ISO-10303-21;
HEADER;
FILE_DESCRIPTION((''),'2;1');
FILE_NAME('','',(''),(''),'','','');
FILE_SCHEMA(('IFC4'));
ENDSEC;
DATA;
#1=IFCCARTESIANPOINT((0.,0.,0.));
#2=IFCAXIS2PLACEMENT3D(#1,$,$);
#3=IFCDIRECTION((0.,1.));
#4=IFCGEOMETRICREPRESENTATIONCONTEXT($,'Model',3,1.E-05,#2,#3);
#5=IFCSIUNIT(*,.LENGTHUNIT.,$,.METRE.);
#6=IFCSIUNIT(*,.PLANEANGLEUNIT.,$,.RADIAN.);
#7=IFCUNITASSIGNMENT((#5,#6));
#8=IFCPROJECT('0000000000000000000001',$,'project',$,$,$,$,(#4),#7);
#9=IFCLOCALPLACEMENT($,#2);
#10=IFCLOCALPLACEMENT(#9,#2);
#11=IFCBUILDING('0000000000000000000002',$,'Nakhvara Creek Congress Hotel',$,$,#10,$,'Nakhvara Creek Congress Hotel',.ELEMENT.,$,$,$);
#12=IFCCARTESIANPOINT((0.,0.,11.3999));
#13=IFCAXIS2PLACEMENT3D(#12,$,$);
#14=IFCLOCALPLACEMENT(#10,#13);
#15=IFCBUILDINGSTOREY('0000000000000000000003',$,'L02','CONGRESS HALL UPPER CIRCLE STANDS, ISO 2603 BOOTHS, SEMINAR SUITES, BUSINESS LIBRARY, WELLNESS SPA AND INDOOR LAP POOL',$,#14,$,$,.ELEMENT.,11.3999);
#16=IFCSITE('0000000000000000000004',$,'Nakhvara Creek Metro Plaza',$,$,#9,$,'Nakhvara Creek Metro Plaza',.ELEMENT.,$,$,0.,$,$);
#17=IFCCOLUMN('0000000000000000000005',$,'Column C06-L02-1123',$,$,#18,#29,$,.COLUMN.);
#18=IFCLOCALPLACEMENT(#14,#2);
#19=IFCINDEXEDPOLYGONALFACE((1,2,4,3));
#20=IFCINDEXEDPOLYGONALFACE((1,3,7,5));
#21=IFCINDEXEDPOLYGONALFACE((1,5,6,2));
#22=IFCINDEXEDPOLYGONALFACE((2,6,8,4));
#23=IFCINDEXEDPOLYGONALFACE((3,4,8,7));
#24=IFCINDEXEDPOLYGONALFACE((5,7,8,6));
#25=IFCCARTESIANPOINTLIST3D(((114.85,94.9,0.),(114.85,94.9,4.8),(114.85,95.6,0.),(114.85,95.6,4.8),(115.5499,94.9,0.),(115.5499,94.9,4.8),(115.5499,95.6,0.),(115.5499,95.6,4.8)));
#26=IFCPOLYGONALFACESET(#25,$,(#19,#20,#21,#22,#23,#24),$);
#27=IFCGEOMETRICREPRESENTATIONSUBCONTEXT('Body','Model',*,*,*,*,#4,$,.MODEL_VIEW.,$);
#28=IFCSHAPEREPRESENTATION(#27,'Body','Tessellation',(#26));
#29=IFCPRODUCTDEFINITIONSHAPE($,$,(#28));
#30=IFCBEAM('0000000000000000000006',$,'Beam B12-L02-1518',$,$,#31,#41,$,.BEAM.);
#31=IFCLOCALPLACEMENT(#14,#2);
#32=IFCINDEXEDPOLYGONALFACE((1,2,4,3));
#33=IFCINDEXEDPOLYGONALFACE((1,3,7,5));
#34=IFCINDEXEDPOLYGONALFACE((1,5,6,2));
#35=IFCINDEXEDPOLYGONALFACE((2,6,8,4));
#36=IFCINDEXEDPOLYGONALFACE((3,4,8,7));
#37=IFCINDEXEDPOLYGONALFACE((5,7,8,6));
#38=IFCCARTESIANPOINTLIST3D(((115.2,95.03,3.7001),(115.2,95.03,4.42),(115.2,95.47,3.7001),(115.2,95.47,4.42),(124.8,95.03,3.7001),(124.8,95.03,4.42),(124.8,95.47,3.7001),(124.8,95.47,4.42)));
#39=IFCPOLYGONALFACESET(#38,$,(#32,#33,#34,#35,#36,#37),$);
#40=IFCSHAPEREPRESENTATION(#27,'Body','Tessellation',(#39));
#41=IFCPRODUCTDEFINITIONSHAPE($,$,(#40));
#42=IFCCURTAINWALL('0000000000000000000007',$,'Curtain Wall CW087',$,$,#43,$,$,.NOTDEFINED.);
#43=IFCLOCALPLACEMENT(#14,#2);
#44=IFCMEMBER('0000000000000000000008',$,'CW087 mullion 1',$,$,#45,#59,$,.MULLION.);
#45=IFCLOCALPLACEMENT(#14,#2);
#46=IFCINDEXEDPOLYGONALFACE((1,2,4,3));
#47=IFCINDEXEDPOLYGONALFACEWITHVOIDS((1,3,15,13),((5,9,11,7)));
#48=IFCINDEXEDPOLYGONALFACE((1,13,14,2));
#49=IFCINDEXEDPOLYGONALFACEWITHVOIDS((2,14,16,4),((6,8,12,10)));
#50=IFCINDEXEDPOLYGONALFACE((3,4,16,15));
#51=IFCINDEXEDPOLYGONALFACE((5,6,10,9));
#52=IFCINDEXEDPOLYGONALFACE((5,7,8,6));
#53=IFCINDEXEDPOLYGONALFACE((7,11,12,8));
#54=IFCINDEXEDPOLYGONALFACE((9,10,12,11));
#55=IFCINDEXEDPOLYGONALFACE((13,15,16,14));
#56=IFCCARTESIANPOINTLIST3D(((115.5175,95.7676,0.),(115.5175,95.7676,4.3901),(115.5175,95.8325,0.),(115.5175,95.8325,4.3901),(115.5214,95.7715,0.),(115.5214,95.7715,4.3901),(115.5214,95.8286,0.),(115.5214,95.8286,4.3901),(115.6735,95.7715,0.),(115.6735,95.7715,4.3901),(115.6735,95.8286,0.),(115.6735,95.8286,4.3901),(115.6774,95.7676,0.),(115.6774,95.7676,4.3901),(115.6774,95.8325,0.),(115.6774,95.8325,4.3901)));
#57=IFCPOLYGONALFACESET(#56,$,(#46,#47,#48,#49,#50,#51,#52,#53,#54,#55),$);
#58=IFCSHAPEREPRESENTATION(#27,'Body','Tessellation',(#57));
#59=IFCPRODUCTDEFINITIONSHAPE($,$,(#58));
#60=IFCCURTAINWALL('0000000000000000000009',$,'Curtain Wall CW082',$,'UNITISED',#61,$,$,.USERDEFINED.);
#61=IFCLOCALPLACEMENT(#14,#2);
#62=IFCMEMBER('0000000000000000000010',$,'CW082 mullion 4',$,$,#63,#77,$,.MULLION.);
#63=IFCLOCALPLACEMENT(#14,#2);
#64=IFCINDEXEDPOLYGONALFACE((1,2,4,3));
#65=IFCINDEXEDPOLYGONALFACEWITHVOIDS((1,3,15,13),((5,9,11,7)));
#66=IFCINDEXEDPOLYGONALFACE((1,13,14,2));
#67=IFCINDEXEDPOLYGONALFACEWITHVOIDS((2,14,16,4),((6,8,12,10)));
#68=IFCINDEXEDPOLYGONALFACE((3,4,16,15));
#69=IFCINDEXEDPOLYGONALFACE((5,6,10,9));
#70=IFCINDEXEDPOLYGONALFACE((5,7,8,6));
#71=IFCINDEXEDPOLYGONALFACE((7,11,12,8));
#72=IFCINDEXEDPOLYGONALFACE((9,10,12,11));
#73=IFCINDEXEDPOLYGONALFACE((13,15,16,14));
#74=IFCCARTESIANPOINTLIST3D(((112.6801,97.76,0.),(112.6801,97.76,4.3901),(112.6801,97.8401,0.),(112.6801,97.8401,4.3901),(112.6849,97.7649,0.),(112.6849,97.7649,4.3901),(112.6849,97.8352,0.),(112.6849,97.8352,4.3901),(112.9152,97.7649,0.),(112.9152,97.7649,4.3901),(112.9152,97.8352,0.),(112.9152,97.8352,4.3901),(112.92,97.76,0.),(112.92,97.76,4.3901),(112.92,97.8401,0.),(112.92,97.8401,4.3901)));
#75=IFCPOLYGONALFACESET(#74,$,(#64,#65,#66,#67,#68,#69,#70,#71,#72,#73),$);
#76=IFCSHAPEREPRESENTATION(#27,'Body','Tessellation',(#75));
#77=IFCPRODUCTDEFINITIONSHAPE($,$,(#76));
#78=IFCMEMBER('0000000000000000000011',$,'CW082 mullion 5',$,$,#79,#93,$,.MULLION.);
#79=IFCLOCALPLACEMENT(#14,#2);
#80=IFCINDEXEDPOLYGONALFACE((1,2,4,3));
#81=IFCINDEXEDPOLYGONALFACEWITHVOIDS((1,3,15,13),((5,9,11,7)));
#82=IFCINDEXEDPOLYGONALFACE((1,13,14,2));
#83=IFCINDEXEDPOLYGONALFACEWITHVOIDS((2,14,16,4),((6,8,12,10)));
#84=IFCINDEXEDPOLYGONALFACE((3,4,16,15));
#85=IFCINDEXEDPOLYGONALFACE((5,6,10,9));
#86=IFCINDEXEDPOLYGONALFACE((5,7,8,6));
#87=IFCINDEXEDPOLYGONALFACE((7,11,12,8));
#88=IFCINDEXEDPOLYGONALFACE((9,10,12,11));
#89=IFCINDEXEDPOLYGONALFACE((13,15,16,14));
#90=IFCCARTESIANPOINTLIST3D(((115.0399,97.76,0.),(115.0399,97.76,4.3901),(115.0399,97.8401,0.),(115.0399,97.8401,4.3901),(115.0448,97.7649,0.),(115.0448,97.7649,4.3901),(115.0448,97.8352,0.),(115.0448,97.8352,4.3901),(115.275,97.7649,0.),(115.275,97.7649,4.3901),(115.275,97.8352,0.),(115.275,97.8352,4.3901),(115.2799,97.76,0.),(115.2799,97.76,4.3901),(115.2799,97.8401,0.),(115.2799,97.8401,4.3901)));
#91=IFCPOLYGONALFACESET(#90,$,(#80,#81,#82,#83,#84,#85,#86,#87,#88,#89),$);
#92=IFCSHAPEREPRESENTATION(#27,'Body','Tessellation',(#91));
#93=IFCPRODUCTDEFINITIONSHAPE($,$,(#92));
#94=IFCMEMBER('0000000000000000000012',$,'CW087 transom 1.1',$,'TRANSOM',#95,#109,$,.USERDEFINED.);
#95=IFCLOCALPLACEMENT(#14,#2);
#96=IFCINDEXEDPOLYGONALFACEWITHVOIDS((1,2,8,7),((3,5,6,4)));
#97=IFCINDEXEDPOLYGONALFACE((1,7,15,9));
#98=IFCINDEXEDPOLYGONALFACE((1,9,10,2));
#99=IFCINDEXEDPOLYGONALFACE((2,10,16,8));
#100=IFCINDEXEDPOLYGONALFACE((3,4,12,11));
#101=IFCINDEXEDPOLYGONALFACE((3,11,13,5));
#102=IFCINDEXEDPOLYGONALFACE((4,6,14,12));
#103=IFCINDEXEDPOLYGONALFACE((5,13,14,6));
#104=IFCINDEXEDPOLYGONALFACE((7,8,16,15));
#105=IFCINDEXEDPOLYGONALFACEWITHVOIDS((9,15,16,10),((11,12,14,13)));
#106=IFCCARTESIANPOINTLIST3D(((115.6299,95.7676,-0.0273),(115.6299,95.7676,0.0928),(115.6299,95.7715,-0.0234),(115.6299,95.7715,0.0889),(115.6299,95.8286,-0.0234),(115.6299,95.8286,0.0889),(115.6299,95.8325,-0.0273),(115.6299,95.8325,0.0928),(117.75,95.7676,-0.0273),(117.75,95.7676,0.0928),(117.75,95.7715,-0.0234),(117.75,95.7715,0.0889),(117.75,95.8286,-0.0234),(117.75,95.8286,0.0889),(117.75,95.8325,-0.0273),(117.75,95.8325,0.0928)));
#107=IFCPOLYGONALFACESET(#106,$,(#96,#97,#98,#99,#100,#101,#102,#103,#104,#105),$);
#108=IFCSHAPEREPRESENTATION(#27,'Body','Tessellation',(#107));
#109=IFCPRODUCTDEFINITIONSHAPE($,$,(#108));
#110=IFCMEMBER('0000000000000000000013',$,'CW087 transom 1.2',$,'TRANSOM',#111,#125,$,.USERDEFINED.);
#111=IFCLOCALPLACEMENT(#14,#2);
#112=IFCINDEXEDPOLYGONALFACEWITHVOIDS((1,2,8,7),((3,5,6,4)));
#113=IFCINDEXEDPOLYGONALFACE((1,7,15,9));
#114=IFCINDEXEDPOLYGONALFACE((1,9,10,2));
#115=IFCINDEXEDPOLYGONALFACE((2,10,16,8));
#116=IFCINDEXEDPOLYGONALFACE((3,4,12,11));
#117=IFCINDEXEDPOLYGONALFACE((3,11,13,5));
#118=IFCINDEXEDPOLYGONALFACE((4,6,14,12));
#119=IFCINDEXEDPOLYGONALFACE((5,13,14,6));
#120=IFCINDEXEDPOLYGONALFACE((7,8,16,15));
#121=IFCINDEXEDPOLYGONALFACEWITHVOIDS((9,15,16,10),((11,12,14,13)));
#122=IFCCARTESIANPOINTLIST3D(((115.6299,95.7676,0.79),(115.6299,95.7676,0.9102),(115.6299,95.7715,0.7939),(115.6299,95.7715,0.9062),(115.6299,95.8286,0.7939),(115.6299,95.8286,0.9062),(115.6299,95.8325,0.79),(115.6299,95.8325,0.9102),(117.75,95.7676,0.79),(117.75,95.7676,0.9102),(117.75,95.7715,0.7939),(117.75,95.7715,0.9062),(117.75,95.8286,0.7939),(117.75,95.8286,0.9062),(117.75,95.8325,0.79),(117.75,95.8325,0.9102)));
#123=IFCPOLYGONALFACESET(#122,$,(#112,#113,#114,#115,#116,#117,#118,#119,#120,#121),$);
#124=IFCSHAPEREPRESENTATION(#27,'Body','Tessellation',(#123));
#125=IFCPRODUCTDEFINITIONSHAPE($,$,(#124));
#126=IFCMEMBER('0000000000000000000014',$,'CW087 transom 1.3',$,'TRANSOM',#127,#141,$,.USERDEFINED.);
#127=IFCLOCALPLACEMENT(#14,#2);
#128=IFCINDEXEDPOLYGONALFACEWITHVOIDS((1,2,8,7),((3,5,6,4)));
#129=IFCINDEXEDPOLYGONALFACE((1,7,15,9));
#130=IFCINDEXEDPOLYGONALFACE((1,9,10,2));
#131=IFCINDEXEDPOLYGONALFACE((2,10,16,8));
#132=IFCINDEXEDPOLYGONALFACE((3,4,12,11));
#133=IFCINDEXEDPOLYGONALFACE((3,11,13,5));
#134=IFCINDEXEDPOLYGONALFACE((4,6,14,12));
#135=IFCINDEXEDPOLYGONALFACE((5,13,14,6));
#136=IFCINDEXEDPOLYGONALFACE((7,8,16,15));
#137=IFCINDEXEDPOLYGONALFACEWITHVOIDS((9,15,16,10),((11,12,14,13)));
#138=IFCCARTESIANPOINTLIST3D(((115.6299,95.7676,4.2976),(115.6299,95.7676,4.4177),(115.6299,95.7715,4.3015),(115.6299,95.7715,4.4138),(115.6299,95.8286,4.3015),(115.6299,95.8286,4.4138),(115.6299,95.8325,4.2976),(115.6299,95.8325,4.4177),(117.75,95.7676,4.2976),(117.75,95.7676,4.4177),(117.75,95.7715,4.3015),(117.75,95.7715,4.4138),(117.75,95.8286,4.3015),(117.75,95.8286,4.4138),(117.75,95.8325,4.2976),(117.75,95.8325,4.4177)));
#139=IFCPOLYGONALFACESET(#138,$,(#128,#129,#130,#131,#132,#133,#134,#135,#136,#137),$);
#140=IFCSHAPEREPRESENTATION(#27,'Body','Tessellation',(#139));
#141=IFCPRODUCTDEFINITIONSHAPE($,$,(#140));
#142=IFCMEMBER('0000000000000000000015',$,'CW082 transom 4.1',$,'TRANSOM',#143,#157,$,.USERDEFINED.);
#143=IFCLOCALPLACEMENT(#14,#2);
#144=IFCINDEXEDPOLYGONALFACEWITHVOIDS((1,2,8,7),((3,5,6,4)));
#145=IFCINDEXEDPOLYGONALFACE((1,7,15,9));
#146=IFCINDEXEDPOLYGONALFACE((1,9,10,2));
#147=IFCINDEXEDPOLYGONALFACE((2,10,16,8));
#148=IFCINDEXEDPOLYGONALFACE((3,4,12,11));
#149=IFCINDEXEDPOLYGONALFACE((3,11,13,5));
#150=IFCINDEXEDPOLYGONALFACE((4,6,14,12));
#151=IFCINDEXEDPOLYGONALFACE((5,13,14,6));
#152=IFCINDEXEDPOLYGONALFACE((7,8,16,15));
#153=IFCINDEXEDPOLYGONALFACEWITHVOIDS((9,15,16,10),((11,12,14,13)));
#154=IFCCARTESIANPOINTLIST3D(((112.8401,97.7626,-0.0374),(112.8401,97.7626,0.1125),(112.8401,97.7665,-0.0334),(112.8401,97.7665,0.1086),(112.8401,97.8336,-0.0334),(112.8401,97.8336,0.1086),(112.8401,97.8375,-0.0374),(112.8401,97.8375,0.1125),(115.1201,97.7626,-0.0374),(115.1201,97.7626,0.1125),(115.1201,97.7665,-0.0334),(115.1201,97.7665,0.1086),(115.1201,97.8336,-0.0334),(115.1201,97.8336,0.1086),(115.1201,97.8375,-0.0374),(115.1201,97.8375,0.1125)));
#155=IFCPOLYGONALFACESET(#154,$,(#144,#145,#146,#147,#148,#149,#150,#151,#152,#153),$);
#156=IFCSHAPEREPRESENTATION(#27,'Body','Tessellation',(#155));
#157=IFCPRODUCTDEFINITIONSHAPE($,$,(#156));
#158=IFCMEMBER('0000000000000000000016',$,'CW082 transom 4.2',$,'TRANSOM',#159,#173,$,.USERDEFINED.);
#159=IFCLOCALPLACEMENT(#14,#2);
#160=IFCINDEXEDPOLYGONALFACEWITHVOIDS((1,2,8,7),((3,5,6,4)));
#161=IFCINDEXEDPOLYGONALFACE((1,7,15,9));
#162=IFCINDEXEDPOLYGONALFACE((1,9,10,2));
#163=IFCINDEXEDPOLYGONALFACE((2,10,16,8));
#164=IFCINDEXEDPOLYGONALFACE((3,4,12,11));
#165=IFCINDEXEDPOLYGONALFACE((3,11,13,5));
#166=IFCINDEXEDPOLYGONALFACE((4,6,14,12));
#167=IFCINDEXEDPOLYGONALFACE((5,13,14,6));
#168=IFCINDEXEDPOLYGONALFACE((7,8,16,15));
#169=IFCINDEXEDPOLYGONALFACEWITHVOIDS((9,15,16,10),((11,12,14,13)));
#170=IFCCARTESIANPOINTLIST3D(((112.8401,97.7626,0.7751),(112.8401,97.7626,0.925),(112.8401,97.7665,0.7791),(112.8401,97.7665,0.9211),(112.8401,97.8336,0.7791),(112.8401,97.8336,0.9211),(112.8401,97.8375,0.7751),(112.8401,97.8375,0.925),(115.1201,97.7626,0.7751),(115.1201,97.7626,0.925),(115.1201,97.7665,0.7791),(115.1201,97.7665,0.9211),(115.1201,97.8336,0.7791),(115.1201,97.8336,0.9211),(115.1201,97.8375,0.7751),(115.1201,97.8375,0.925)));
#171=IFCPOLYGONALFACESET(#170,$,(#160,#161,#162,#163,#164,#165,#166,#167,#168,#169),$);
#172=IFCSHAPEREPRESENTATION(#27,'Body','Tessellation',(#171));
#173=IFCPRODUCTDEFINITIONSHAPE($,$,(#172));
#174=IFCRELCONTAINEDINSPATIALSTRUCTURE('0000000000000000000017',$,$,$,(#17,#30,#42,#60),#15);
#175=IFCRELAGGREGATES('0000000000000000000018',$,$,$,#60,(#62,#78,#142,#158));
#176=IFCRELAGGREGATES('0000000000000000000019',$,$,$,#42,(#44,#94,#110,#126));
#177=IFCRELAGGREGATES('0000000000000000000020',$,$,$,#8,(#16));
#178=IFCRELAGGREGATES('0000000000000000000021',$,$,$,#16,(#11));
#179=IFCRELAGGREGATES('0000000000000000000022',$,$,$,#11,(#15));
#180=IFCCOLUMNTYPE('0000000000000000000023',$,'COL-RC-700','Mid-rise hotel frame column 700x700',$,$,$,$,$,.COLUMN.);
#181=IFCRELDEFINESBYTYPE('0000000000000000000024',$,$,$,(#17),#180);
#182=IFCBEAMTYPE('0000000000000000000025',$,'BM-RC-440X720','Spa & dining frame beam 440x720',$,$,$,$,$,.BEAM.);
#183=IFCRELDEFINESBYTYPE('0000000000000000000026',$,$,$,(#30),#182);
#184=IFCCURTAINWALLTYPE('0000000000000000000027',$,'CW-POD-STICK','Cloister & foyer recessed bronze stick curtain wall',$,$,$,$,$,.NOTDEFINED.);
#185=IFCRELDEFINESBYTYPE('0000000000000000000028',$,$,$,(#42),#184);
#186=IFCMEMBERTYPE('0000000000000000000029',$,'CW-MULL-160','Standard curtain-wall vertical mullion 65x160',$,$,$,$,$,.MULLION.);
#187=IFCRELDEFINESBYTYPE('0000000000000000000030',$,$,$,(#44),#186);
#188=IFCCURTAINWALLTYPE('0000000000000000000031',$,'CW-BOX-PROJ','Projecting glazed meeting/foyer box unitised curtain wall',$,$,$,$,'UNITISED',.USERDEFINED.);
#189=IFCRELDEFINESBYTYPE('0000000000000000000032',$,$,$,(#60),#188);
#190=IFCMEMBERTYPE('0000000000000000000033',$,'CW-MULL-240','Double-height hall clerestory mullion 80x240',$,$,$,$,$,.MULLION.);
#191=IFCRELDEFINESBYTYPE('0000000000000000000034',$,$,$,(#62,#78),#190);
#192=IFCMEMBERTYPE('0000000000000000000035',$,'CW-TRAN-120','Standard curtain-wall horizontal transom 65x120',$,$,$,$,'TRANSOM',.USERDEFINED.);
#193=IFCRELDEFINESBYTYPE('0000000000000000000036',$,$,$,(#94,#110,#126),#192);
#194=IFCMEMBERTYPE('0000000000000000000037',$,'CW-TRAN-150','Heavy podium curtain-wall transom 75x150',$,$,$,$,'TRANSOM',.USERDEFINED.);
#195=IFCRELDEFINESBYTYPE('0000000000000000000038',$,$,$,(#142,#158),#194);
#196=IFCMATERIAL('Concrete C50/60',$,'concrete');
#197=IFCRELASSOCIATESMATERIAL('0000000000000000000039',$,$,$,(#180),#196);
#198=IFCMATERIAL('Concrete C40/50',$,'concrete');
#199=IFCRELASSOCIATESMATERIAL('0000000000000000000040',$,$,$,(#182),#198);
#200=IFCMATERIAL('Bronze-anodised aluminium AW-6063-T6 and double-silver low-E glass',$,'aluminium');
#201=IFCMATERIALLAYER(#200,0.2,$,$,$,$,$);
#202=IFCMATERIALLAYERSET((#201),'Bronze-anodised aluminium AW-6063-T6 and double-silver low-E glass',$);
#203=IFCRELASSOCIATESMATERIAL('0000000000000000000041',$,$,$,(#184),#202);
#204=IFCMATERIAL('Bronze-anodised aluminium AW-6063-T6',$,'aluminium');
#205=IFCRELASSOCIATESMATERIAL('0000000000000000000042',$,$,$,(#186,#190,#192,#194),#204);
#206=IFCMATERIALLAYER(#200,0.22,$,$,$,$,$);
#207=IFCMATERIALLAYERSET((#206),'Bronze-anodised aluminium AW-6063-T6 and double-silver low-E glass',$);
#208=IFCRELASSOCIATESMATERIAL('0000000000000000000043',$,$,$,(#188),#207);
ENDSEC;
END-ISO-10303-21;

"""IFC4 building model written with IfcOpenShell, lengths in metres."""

from ifc_helpers import new_model, si_unit, direction, frame, origin, origin_2d, place, context, subcontext, project, spatial, rectangle, hollow_rectangle, extrude, material, layer, layer_set, material_profile, profile_set, type_object, element, aggregate, save


model = new_model("IFC4")

# Units and contexts
model_context = context("Model", 3, precision=1e-05, world=origin(), true_north=direction((0.0, 1.0)))
body_context = subcontext(model_context, "Body", "Model", "MODEL_VIEW")
ifc_project = project(units=[si_unit("LENGTHUNIT", "METRE"), si_unit("PLANEANGLEUNIT", "RADIAN")], contexts=[model_context])

# Site, building, storey
site_placement = place(None, origin())
site = spatial("IfcSite", under=ifc_project, at=site_placement, Name="Nakhvara Creek Metro Plaza", LongName="Nakhvara Creek Metro Plaza", CompositionType="ELEMENT", RefElevation=0.0)
building_placement = place(site_placement, origin())
building = spatial("IfcBuilding", under=site, at=building_placement, Name="Nakhvara Creek Congress Hotel", LongName="Nakhvara Creek Congress Hotel", CompositionType="ELEMENT")
storey_placement = place(building_placement, frame((0.0, 0.0, 11.3999)))
storey = spatial("IfcBuildingStorey", under=building, at=storey_placement, Name="L02", Description="CONGRESS HALL UPPER CIRCLE STANDS, ISO 2603 BOOTHS, SEMINAR SUITES, BUSINESS LIBRARY, WELLNESS SPA AND INDOOR LAP POOL", CompositionType="ELEMENT", Elevation=11.3999)

# Column
ifc_material_1 = material(Name="Concrete C50/60", Category="concrete")
ifc_material_profile_1 = material_profile(ifc_material_1, rectangle(XDim=0.7, YDim=0.7, at=origin_2d()), Name="RC-COL 700x700", Category="LoadBearing")
ifc_profile_set_1 = profile_set([ifc_material_profile_1], Name="Concrete C50/60")
column_type = type_object("IfcColumnType", Name="COL-RC-700", Description="Mid-rise hotel frame column 700x700", PredefinedType="COLUMN", material=ifc_profile_set_1)
column_placement = place(storey_placement, frame((115.2, 95.25, 0.0), z_axis=(0.0, 0.0, 1.0), x_axis=(1.0, 0.0, 0.0)))
element("IfcColumn", 1, at=column_placement, inside=storey, type_object=column_type, Name="Column C06-L02-1123", PredefinedType="COLUMN", context=body_context, shape_type="SweptSolid", body=[
    extrude(rectangle(XDim=0.7, YDim=0.7, at=origin_2d()), origin(), (0.0, 0.0, 1.0), 4.8),
])

# Beam
ifc_material_2 = material(Name="Concrete C40/50", Category="concrete")
ifc_material_profile_2 = material_profile(ifc_material_2, rectangle(XDim=0.4399, YDim=0.72, at=origin_2d()), Name="RC-BM 440x720", Category="LoadBearing")
ifc_profile_set_2 = profile_set([ifc_material_profile_2], Name="Concrete C40/50")
beam_type = type_object("IfcBeamType", Name="BM-RC-440X720", Description="Spa & dining frame beam 440x720", PredefinedType="BEAM", material=ifc_profile_set_2)
beam_placement = place(storey_placement, frame((115.2, 95.25, 4.0601), z_axis=(1.0, 0.0, 0.0), x_axis=(0.0, 1.0, 0.0)))
element("IfcBeam", 2, at=beam_placement, inside=storey, type_object=beam_type, Name="Beam B12-L02-1518", PredefinedType="BEAM", context=body_context, shape_type="SweptSolid", body=[
    extrude(rectangle(XDim=0.4399, YDim=0.72, at=origin_2d()), origin(), (0.0, 0.0, 1.0), 9.6001),
])

# Curtain wall, member
ifc_material_3 = material(Name="Bronze-anodised aluminium AW-6063-T6 and double-silver low-E glass", Category="aluminium")
ifc_layer_1 = layer(ifc_material_3, 0.2)
ifc_layer_set_1 = layer_set([ifc_layer_1], Name="Bronze-anodised aluminium AW-6063-T6 and double-silver low-E glass")
curtain_wall_type_1 = type_object("IfcCurtainWallType", Name="CW-POD-STICK", Description="Cloister & foyer recessed bronze stick curtain wall", PredefinedType="NOTDEFINED", material=ifc_layer_set_1)
curtain_wall_1_placement = place(storey_placement, origin())
curtain_wall_1 = element("IfcCurtainWall", 3, at=curtain_wall_1_placement, inside=storey, type_object=curtain_wall_type_1, Name="Curtain Wall CW087", PredefinedType="NOTDEFINED")
ifc_material_4 = material(Name="Bronze-anodised aluminium AW-6063-T6", Category="aluminium")
ifc_material_profile_3 = material_profile(ifc_material_4, hollow_rectangle(XDim=0.0649, YDim=0.1599, WallThickness=0.0039, at=origin_2d()), Name="ALU-MULL 65x160x4", Category="LoadBearing")
ifc_profile_set_3 = profile_set([ifc_material_profile_3], Name="Bronze-anodised aluminium AW-6063-T6")
member_type_1 = type_object("IfcMemberType", Name="CW-MULL-160", Description="Standard curtain-wall vertical mullion 65x160", PredefinedType="MULLION", material=ifc_profile_set_3)
member_1_placement = place(storey_placement, frame((115.5974, 95.8, 0.0), z_axis=(0.0, 0.0, 1.0), x_axis=(0.0, 1.0, 0.0)))
member_1 = element("IfcMember", 4, at=member_1_placement, type_object=member_type_1, Name="CW087 mullion 1", PredefinedType="MULLION", context=body_context, shape_type="SweptSolid", body=[
    extrude(hollow_rectangle(XDim=0.0649, YDim=0.1599, WallThickness=0.0039, at=origin_2d()), origin(), (0.0, 0.0, 1.0), 4.3901),
])

# Curtain wall, members
ifc_layer_2 = layer(ifc_material_3, 0.22)
ifc_layer_set_2 = layer_set([ifc_layer_2], Name="Bronze-anodised aluminium AW-6063-T6 and double-silver low-E glass")
curtain_wall_type_2 = type_object("IfcCurtainWallType", Name="CW-BOX-PROJ", Description="Projecting glazed meeting/foyer box unitised curtain wall", ElementType="UNITISED", PredefinedType="USERDEFINED", material=ifc_layer_set_2)
curtain_wall_2_placement = place(storey_placement, origin())
curtain_wall_2 = element("IfcCurtainWall", 5, at=curtain_wall_2_placement, inside=storey, type_object=curtain_wall_type_2, Name="Curtain Wall CW082", ObjectType="UNITISED", PredefinedType="USERDEFINED")
ifc_material_profile_4 = material_profile(ifc_material_4, hollow_rectangle(XDim=0.0801, YDim=0.24, WallThickness=0.0049, at=origin_2d()), Name="ALU-MULL 80x240x5", Category="LoadBearing")
ifc_profile_set_4 = profile_set([ifc_material_profile_4], Name="Bronze-anodised aluminium AW-6063-T6")
member_type_2 = type_object("IfcMemberType", Name="CW-MULL-240", Description="Double-height hall clerestory mullion 80x240", PredefinedType="MULLION", material=ifc_profile_set_4)
member_2_placement = place(storey_placement, frame((112.8, 97.8, 0.0), z_axis=(0.0, 0.0, 1.0), x_axis=(0.0, 1.0, 0.0)))
member_2 = element("IfcMember", 6, at=member_2_placement, type_object=member_type_2, Name="CW082 mullion 4", PredefinedType="MULLION", context=body_context, shape_type="SweptSolid", body=[
    extrude(hollow_rectangle(XDim=0.0801, YDim=0.24, WallThickness=0.0049, at=origin_2d()), origin(), (0.0, 0.0, 1.0), 4.3901),
])
member_3_placement = place(storey_placement, frame((115.1599, 97.8, 0.0), z_axis=(0.0, 0.0, 1.0), x_axis=(0.0, 1.0, 0.0)))
member_3 = element("IfcMember", 7, at=member_3_placement, type_object=member_type_2, Name="CW082 mullion 5", PredefinedType="MULLION", context=body_context, shape_type="SweptSolid", body=[
    extrude(hollow_rectangle(XDim=0.0801, YDim=0.24, WallThickness=0.0049, at=origin_2d()), origin(), (0.0, 0.0, 1.0), 4.3901),
])

# Members
ifc_material_profile_5 = material_profile(ifc_material_4, hollow_rectangle(XDim=0.0649, YDim=0.1201, WallThickness=0.0039, at=origin_2d()), Name="ALU-TRAN 65x120x4", Category="LoadBearing")
ifc_profile_set_5 = profile_set([ifc_material_profile_5], Name="Bronze-anodised aluminium AW-6063-T6")
member_type_3 = type_object("IfcMemberType", Name="CW-TRAN-120", Description="Standard curtain-wall horizontal transom 65x120", ElementType="TRANSOM", PredefinedType="USERDEFINED", material=ifc_profile_set_5)
member_4_placement = place(storey_placement, frame((115.6299, 95.8, 0.0327), z_axis=(1.0, 0.0, 0.0), x_axis=(0.0, 1.0, 0.0)))
member_4 = element("IfcMember", 8, at=member_4_placement, type_object=member_type_3, Name="CW087 transom 1.1", ObjectType="TRANSOM", PredefinedType="USERDEFINED", context=body_context, shape_type="SweptSolid", body=[
    extrude(hollow_rectangle(XDim=0.0649, YDim=0.1201, WallThickness=0.0039, at=origin_2d()), origin(), (0.0, 0.0, 1.0), 2.1201),
])
member_5_placement = place(storey_placement, frame((115.6299, 95.8, 0.8501), z_axis=(1.0, 0.0, 0.0), x_axis=(0.0, 1.0, 0.0)))
member_5 = element("IfcMember", 9, at=member_5_placement, type_object=member_type_3, Name="CW087 transom 1.2", ObjectType="TRANSOM", PredefinedType="USERDEFINED", context=body_context, shape_type="SweptSolid", body=[
    extrude(hollow_rectangle(XDim=0.0649, YDim=0.1201, WallThickness=0.0039, at=origin_2d()), origin(), (0.0, 0.0, 1.0), 2.1201),
])
member_6_placement = place(storey_placement, frame((115.6299, 95.8, 4.3577), z_axis=(1.0, 0.0, 0.0), x_axis=(0.0, 1.0, 0.0)))
member_6 = element("IfcMember", 10, at=member_6_placement, type_object=member_type_3, Name="CW087 transom 1.3", ObjectType="TRANSOM", PredefinedType="USERDEFINED", context=body_context, shape_type="SweptSolid", body=[
    extrude(hollow_rectangle(XDim=0.0649, YDim=0.1201, WallThickness=0.0039, at=origin_2d()), origin(), (0.0, 0.0, 1.0), 2.1201),
])
ifc_material_profile_6 = material_profile(ifc_material_4, hollow_rectangle(XDim=0.075, YDim=0.1499, WallThickness=0.0039, at=origin_2d()), Name="ALU-TRAN 75x150x4", Category="LoadBearing")
ifc_profile_set_6 = profile_set([ifc_material_profile_6], Name="Bronze-anodised aluminium AW-6063-T6")
member_type_4 = type_object("IfcMemberType", Name="CW-TRAN-150", Description="Heavy podium curtain-wall transom 75x150", ElementType="TRANSOM", PredefinedType="USERDEFINED", material=ifc_profile_set_6)
member_7_placement = place(storey_placement, frame((112.8401, 97.8, 0.0376), z_axis=(1.0, 0.0, 0.0), x_axis=(0.0, 1.0, 0.0)))
member_7 = element("IfcMember", 11, at=member_7_placement, type_object=member_type_4, Name="CW082 transom 4.1", ObjectType="TRANSOM", PredefinedType="USERDEFINED", context=body_context, shape_type="SweptSolid", body=[
    extrude(hollow_rectangle(XDim=0.075, YDim=0.1499, WallThickness=0.0039, at=origin_2d()), origin(), (0.0, 0.0, 1.0), 2.28),
])
member_8_placement = place(storey_placement, frame((112.8401, 97.8, 0.8501), z_axis=(1.0, 0.0, 0.0), x_axis=(0.0, 1.0, 0.0)))
member_8 = element("IfcMember", 12, at=member_8_placement, type_object=member_type_4, Name="CW082 transom 4.2", ObjectType="TRANSOM", PredefinedType="USERDEFINED", context=body_context, shape_type="SweptSolid", body=[
    extrude(hollow_rectangle(XDim=0.075, YDim=0.1499, WallThickness=0.0039, at=origin_2d()), origin(), (0.0, 0.0, 1.0), 2.28),
])

aggregate(curtain_wall_2, [member_2, member_3, member_7, member_8])
aggregate(curtain_wall_1, [member_1, member_4, member_5, member_6])

save(model, "model.ifc")
